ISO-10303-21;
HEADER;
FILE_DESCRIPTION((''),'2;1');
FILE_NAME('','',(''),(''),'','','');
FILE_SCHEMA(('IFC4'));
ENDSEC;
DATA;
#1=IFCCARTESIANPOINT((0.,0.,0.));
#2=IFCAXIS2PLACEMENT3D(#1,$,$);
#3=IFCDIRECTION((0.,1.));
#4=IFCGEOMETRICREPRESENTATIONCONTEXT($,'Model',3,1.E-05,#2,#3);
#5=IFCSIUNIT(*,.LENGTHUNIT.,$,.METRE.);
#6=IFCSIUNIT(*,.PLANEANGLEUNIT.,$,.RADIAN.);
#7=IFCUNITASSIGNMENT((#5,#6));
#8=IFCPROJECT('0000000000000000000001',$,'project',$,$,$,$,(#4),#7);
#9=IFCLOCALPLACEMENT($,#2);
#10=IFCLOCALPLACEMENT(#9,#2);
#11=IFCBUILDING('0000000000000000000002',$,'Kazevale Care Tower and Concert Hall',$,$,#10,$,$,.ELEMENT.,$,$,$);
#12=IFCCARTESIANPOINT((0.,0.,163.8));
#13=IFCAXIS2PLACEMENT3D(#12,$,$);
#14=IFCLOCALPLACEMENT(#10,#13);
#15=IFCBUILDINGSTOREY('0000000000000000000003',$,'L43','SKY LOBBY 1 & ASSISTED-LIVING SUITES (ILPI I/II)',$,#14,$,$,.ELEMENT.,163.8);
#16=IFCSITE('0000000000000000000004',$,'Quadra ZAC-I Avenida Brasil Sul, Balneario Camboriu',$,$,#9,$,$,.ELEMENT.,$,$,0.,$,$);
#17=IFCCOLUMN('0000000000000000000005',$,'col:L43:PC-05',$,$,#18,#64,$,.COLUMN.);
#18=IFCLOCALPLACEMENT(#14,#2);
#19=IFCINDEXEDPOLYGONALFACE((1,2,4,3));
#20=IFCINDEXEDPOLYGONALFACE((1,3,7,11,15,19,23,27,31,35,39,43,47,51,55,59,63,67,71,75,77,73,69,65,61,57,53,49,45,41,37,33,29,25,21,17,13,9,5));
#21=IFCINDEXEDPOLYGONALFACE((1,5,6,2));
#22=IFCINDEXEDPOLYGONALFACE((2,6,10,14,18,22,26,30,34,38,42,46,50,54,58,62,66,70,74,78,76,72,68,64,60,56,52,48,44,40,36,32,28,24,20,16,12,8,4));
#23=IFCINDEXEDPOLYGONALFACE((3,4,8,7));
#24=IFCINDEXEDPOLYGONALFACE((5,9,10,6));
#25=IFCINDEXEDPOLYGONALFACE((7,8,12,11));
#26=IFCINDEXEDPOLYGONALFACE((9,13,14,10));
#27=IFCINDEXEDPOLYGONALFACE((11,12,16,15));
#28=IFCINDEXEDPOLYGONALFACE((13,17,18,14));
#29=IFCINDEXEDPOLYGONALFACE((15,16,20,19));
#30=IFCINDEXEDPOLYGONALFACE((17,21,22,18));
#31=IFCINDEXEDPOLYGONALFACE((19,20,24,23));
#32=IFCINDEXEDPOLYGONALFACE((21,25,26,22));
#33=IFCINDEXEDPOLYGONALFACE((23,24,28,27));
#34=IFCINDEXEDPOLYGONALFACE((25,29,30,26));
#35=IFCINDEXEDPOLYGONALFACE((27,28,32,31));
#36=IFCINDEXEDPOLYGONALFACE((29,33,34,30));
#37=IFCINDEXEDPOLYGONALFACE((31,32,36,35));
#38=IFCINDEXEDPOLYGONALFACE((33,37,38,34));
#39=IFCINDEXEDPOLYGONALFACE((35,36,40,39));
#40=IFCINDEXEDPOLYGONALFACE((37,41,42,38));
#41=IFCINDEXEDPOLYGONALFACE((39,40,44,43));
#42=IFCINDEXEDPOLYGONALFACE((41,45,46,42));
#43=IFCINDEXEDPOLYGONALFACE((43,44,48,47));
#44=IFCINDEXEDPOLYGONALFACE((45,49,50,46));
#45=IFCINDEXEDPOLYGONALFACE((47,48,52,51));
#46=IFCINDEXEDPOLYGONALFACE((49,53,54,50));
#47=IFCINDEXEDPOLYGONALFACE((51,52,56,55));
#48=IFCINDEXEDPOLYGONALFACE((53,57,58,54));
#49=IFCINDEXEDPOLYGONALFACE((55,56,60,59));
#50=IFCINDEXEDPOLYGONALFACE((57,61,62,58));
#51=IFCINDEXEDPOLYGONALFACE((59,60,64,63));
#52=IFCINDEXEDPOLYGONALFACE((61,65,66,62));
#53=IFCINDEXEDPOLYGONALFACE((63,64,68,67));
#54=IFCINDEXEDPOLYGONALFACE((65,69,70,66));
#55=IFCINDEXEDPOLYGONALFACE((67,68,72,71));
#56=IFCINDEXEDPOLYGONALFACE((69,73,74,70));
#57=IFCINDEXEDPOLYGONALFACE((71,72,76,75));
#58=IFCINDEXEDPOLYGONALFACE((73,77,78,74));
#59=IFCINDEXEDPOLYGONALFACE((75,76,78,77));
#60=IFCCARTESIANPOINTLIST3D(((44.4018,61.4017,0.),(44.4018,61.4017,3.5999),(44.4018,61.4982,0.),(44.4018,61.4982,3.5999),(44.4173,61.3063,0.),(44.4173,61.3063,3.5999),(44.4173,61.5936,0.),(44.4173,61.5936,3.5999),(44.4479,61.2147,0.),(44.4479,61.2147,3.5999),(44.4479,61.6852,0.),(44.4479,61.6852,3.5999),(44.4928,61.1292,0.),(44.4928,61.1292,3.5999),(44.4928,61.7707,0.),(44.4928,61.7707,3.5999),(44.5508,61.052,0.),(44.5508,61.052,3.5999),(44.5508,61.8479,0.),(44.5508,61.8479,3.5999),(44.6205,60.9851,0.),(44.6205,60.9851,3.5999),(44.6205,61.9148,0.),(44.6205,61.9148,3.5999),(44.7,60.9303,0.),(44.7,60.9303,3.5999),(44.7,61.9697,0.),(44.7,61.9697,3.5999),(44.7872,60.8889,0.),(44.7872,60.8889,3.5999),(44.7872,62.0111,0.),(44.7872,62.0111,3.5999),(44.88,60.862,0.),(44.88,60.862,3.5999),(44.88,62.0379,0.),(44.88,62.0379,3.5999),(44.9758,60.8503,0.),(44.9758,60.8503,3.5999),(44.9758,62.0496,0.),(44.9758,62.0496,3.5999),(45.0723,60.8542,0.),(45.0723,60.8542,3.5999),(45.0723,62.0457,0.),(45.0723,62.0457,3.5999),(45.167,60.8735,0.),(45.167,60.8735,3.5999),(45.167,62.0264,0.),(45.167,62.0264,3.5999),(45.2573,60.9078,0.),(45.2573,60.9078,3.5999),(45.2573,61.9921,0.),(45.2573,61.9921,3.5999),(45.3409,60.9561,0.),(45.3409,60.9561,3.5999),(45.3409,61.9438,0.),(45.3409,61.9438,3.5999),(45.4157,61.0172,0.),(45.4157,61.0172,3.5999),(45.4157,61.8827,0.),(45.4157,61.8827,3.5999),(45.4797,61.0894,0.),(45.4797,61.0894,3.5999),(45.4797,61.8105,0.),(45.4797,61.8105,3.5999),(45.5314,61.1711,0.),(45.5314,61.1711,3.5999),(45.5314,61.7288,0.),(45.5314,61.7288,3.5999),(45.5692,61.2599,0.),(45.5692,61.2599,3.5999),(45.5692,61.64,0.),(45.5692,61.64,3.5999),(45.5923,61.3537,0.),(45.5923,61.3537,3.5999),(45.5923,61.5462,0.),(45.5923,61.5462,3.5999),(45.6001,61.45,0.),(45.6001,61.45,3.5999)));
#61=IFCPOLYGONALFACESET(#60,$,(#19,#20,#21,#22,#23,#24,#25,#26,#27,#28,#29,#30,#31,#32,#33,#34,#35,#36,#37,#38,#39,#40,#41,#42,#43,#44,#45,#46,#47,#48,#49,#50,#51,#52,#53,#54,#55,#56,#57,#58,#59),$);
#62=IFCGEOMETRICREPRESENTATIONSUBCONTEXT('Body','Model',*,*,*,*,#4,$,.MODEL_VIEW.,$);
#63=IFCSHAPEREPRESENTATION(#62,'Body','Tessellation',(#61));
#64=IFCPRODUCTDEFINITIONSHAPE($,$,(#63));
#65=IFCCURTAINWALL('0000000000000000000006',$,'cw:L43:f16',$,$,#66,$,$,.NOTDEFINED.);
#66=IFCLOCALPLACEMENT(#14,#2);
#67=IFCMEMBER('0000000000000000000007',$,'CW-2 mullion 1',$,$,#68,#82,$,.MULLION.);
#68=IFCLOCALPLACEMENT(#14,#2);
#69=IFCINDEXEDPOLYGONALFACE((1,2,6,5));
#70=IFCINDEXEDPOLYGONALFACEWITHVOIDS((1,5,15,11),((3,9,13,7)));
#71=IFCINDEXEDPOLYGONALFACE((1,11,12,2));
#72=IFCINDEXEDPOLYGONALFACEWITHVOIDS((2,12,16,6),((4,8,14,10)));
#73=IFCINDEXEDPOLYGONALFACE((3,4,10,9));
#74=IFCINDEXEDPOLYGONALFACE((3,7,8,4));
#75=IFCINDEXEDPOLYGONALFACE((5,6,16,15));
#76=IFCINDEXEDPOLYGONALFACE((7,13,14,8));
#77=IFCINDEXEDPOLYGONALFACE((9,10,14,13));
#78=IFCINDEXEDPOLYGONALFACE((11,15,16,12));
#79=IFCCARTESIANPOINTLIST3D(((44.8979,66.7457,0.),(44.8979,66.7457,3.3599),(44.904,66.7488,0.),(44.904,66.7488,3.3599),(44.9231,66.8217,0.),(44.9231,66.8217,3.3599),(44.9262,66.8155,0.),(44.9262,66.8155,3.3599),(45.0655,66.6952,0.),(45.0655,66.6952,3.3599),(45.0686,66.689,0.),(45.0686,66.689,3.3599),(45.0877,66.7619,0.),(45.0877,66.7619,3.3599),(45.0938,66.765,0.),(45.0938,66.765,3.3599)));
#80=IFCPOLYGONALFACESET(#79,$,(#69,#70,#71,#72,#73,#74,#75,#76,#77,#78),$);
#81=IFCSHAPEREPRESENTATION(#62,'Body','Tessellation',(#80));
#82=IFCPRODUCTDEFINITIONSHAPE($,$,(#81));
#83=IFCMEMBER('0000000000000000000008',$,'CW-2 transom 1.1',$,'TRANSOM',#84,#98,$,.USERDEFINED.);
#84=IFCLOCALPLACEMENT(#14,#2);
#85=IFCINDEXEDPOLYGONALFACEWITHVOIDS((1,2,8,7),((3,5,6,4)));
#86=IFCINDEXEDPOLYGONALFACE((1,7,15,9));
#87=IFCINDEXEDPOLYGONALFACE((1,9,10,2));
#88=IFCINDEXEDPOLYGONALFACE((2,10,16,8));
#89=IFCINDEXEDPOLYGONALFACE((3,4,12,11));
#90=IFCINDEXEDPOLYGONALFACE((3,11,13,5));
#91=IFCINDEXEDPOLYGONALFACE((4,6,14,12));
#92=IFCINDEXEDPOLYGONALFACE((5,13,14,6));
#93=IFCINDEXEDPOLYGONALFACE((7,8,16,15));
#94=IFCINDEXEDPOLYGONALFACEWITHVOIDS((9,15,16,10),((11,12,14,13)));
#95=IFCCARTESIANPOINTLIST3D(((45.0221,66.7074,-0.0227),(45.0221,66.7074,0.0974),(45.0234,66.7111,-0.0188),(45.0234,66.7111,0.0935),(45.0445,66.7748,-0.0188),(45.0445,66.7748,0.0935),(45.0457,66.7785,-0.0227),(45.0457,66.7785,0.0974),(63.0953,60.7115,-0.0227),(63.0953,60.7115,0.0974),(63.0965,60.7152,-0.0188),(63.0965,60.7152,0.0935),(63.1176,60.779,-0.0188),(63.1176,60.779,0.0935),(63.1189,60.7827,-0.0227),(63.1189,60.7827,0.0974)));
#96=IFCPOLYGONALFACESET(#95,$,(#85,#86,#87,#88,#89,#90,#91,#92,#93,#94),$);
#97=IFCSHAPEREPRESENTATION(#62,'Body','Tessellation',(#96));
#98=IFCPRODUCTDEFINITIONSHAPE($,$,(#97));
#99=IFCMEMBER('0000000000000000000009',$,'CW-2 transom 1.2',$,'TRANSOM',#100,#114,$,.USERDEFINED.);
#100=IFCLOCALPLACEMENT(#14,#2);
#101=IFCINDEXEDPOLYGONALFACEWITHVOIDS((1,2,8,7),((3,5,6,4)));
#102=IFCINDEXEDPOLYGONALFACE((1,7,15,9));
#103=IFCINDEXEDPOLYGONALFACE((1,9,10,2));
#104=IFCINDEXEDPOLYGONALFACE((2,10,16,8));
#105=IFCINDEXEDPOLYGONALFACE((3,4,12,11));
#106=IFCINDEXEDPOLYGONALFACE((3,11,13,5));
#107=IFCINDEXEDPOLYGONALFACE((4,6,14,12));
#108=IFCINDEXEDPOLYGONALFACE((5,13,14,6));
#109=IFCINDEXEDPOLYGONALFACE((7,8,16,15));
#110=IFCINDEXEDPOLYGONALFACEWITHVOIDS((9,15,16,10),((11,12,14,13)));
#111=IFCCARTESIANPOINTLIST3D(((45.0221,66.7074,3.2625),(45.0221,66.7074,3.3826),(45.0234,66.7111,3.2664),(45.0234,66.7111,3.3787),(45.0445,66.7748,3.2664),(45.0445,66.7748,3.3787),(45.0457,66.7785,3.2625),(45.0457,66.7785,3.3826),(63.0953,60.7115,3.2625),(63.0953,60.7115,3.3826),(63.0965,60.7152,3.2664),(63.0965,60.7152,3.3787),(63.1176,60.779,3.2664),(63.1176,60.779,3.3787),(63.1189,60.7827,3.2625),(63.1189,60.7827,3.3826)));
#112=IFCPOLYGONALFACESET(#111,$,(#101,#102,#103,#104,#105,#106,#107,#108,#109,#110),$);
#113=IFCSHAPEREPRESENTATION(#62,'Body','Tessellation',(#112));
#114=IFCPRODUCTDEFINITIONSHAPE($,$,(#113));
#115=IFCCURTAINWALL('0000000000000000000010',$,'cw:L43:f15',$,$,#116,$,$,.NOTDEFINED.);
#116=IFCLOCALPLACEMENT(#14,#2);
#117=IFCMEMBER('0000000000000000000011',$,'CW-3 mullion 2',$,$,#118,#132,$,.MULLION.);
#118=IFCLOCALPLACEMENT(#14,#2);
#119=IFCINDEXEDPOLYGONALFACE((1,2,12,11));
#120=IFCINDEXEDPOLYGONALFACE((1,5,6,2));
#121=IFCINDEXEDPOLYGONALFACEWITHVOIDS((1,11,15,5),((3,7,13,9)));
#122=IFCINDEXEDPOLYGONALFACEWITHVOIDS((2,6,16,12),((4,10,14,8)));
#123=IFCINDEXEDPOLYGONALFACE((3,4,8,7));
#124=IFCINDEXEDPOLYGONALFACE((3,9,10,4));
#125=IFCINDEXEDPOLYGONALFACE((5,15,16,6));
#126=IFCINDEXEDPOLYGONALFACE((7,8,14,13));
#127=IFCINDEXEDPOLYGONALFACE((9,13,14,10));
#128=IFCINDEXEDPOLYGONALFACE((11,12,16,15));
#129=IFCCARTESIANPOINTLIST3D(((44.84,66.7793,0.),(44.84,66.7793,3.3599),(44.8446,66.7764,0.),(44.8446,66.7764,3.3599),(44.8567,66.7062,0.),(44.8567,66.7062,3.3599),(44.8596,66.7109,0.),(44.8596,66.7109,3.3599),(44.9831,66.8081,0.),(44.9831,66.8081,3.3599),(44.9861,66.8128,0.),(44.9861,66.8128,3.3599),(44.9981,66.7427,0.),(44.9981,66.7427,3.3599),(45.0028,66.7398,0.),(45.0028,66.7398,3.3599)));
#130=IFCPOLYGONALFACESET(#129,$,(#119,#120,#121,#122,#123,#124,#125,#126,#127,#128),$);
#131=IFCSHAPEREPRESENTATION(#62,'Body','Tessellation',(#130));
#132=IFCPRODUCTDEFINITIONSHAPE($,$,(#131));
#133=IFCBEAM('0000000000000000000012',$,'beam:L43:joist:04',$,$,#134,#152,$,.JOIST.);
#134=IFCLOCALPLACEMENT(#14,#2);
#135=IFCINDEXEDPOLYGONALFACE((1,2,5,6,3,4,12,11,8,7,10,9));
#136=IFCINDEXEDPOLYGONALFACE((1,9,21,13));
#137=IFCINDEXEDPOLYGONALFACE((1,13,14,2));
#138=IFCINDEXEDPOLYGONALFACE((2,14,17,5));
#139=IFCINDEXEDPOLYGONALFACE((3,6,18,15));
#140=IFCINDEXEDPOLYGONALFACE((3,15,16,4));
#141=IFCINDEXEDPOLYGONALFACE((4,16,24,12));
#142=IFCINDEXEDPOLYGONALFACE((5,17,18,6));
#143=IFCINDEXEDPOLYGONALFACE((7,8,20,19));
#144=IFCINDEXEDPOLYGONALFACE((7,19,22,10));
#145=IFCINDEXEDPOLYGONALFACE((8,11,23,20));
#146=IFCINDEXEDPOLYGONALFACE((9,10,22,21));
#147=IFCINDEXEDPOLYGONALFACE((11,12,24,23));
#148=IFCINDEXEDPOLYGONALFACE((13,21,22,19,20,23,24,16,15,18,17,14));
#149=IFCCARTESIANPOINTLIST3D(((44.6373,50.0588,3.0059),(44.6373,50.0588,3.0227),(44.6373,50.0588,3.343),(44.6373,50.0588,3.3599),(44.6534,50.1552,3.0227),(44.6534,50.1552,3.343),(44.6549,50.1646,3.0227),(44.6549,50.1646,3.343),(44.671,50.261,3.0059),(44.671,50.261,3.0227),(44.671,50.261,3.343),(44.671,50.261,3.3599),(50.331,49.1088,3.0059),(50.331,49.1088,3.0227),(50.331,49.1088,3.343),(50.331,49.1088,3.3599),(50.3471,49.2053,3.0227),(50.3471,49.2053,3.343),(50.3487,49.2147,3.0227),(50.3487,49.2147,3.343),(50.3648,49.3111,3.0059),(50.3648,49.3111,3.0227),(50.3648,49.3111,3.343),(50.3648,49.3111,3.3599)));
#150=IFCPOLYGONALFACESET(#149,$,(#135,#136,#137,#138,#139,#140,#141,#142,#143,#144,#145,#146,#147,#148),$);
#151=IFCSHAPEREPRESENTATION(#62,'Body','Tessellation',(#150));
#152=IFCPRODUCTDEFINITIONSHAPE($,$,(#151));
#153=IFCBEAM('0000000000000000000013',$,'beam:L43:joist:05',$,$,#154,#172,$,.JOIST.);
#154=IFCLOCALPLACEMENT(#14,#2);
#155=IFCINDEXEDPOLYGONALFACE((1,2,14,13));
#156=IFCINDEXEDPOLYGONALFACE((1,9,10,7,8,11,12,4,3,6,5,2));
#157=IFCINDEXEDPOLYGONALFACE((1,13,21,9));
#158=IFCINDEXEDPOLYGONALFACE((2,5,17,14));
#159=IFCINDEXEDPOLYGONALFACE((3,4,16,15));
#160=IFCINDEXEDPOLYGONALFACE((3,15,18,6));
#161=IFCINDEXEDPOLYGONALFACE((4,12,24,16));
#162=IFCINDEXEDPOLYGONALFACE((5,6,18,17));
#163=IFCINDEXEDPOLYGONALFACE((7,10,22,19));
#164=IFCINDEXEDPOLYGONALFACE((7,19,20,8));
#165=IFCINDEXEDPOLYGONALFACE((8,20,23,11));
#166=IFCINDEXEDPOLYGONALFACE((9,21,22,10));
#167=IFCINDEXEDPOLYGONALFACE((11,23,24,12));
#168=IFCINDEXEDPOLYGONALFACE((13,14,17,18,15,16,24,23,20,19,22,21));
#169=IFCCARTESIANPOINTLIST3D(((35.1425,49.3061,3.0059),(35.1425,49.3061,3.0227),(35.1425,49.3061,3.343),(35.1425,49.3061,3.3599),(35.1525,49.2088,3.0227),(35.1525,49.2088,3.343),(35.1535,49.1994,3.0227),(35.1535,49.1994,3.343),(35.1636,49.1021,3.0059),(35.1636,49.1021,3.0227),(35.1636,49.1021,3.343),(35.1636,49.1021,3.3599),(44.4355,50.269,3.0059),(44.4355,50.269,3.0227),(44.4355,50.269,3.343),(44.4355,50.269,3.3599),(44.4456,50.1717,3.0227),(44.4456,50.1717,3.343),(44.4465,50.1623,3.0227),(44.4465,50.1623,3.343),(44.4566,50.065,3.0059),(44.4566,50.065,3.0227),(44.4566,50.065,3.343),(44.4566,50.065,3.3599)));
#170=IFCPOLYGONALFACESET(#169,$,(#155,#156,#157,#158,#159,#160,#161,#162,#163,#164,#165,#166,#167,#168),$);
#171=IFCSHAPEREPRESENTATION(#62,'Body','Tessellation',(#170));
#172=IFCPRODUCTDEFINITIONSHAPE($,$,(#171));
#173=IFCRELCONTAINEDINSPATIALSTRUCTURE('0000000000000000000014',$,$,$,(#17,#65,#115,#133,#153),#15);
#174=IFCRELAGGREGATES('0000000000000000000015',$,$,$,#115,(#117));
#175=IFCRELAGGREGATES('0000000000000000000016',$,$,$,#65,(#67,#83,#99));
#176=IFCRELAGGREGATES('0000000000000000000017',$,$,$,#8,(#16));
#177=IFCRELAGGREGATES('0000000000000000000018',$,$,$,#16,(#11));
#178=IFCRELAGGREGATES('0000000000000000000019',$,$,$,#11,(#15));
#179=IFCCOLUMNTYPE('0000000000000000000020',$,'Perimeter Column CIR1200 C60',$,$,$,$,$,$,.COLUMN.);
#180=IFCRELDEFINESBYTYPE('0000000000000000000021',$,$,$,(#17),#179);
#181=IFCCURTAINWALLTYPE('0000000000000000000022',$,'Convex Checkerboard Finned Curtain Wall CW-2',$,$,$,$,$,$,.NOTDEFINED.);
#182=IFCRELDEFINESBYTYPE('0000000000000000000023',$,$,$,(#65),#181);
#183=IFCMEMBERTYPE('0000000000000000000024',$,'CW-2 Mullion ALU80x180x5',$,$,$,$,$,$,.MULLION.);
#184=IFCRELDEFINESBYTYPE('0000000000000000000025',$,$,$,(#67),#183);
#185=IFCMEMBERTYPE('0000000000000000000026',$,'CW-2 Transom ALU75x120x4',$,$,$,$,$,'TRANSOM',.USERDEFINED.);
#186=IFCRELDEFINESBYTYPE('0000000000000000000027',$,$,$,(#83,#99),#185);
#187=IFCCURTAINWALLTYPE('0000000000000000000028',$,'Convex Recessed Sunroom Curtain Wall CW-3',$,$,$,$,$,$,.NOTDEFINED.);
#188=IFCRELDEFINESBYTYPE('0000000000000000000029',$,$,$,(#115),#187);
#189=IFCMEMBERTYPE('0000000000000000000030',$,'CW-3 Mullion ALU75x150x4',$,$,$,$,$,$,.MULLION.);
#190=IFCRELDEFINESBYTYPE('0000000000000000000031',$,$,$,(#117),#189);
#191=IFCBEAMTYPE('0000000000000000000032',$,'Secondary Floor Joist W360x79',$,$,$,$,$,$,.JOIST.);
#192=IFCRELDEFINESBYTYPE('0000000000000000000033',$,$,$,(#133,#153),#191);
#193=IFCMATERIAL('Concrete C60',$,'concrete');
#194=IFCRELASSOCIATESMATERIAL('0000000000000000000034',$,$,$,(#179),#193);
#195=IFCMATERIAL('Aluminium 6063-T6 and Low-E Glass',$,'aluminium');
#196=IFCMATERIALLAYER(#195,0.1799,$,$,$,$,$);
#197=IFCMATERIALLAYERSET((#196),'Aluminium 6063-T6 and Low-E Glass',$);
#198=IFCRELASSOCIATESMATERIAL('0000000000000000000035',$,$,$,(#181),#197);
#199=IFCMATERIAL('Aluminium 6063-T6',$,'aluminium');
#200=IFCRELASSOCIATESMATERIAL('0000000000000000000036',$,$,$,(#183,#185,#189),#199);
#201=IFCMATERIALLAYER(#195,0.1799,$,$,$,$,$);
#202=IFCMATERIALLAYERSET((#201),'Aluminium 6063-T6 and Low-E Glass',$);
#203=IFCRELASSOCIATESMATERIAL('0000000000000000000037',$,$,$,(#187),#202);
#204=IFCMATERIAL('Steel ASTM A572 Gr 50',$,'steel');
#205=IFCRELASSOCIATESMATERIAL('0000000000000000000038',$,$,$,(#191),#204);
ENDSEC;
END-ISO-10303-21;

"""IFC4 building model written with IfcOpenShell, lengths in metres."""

from ifc_helpers import new_model, si_unit, direction, frame, origin, origin_2d, place, context, subcontext, project, spatial, hollow_rectangle, circle, i_section, extrude, material, layer, layer_set, material_profile, profile_set, type_object, element, aggregate, save


model = new_model("IFC4")

# Units and contexts
model_context = context("Model", 3, precision=1e-05, world=origin(), true_north=direction((0.0, 1.0)))
body_context = subcontext(model_context, "Body", "Model", "MODEL_VIEW")
ifc_project = project(units=[si_unit("LENGTHUNIT", "METRE"), si_unit("PLANEANGLEUNIT", "RADIAN")], contexts=[model_context])

# Site, building, storey
site_placement = place(None, origin())
site = spatial("IfcSite", under=ifc_project, at=site_placement, Name="Quadra ZAC-I Avenida Brasil Sul, Balneario Camboriu", CompositionType="ELEMENT", RefElevation=0.0)
building_placement = place(site_placement, origin())
building = spatial("IfcBuilding", under=site, at=building_placement, Name="Kazevale Care Tower and Concert Hall", CompositionType="ELEMENT")
storey_placement = place(building_placement, frame((0.0, 0.0, 163.8)))
storey = spatial("IfcBuildingStorey", under=building, at=storey_placement, Name="L43", Description="SKY LOBBY 1 & ASSISTED-LIVING SUITES (ILPI I/II)", CompositionType="ELEMENT", Elevation=163.8)

# Column
ifc_material_1 = material(Name="Concrete C60", Category="concrete")
ifc_material_profile_1 = material_profile(ifc_material_1, circle(Radius=0.6001, at=origin_2d()), Name="RC-CIR1200")
ifc_profile_set_1 = profile_set([ifc_material_profile_1], Name="Concrete C60")
column_type = type_object("IfcColumnType", Name="Perimeter Column CIR1200 C60", PredefinedType="COLUMN", material=ifc_profile_set_1)
column_placement = place(storey_placement, frame((45.0, 61.45, 0.0), z_axis=(0.0, 0.0, 1.0), x_axis=(1.0, 0.0, 0.0)))
element("IfcColumn", 1, at=column_placement, inside=storey, type_object=column_type, Name="col:L43:PC-05", PredefinedType="COLUMN", context=body_context, shape_type="SweptSolid", body=[
    extrude(circle(Radius=0.6001, at=origin_2d()), origin(), (0.0, 0.0, 1.0), 3.5999),
])

# Curtain wall, members
ifc_material_2 = material(Name="Aluminium 6063-T6 and Low-E Glass", Category="aluminium")
ifc_layer_1 = layer(ifc_material_2, 0.1799)
ifc_layer_set_1 = layer_set([ifc_layer_1], Name="Aluminium 6063-T6 and Low-E Glass")
curtain_wall_type_1 = type_object("IfcCurtainWallType", Name="Convex Checkerboard Finned Curtain Wall CW-2", PredefinedType="NOTDEFINED", material=ifc_layer_set_1)
curtain_wall_1_placement = place(storey_placement, origin())
curtain_wall_1 = element("IfcCurtainWall", 2, at=curtain_wall_1_placement, inside=storey, type_object=curtain_wall_type_1, Name="cw:L43:f16", PredefinedType="NOTDEFINED")
ifc_material_3 = material(Name="Aluminium 6063-T6", Category="aluminium")
ifc_material_profile_2 = material_profile(ifc_material_3, hollow_rectangle(XDim=0.0801, YDim=0.1799, WallThickness=0.0049, at=origin_2d()), Name="ALU80x180x5")
ifc_profile_set_2 = profile_set([ifc_material_profile_2], Name="Aluminium 6063-T6")
member_type_1 = type_object("IfcMemberType", Name="CW-2 Mullion ALU80x180x5", PredefinedType="MULLION", material=ifc_profile_set_2)
member_1_placement = place(storey_placement, frame((44.9958, 66.7554, 0.0), z_axis=(0.0, 0.0, 1.0), x_axis=(0.314868, 0.949135, 0.0)))
member_1 = element("IfcMember", 3, at=member_1_placement, type_object=member_type_1, Name="CW-2 mullion 1", PredefinedType="MULLION", context=body_context, shape_type="SweptSolid", body=[
    extrude(hollow_rectangle(XDim=0.0801, YDim=0.1799, WallThickness=0.0049, at=origin_2d()), origin(), (0.0, 0.0, 1.0), 3.3599),
])
ifc_material_profile_3 = material_profile(ifc_material_3, hollow_rectangle(XDim=0.075, YDim=0.1201, WallThickness=0.0039, at=origin_2d()), Name="ALU75x120x4")
ifc_profile_set_3 = profile_set([ifc_material_profile_3], Name="Aluminium 6063-T6")
member_type_2 = type_object("IfcMemberType", Name="CW-2 Transom ALU75x120x4", ElementType="TRANSOM", PredefinedType="USERDEFINED", material=ifc_profile_set_3)
member_2_placement = place(storey_placement, frame((45.0339, 66.7429, 0.0374), z_axis=(0.949132, -0.314877, 0.0), x_axis=(0.314877, 0.949132, 0.0)))
member_2 = element("IfcMember", 4, at=member_2_placement, type_object=member_type_2, Name="CW-2 transom 1.1", ObjectType="TRANSOM", PredefinedType="USERDEFINED", context=body_context, shape_type="SweptSolid", body=[
    extrude(hollow_rectangle(XDim=0.075, YDim=0.1201, WallThickness=0.0039, at=origin_2d()), origin(), (0.0, 0.0, 1.0), 19.0417),
])
member_3_placement = place(storey_placement, frame((45.0339, 66.7429, 3.3225), z_axis=(0.949132, -0.314877, 0.0), x_axis=(0.314877, 0.949132, 0.0)))
member_3 = element("IfcMember", 5, at=member_3_placement, type_object=member_type_2, Name="CW-2 transom 1.2", ObjectType="TRANSOM", PredefinedType="USERDEFINED", context=body_context, shape_type="SweptSolid", body=[
    extrude(hollow_rectangle(XDim=0.075, YDim=0.1201, WallThickness=0.0039, at=origin_2d()), origin(), (0.0, 0.0, 1.0), 19.0417),
])

# Curtain wall, member
ifc_layer_2 = layer(ifc_material_2, 0.1799)
ifc_layer_set_2 = layer_set([ifc_layer_2], Name="Aluminium 6063-T6 and Low-E Glass")
curtain_wall_type_2 = type_object("IfcCurtainWallType", Name="Convex Recessed Sunroom Curtain Wall CW-3", PredefinedType="NOTDEFINED", material=ifc_layer_set_2)
curtain_wall_2_placement = place(storey_placement, origin())
curtain_wall_2 = element("IfcCurtainWall", 6, at=curtain_wall_2_placement, inside=storey, type_object=curtain_wall_type_2, Name="cw:L43:f15", PredefinedType="NOTDEFINED")
ifc_material_profile_4 = material_profile(ifc_material_3, hollow_rectangle(XDim=0.075, YDim=0.1499, WallThickness=0.0039, at=origin_2d()), Name="ALU75x150x4")
ifc_profile_set_4 = profile_set([ifc_material_profile_4], Name="Aluminium 6063-T6")
member_type_3 = type_object("IfcMemberType", Name="CW-3 Mullion ALU75x150x4", PredefinedType="MULLION", material=ifc_profile_set_4)
member_4_placement = place(storey_placement, frame((44.9214, 66.7595, 0.0), z_axis=(0.0, 0.0, 1.0), x_axis=(-0.223567, 0.974688, 0.0)))
member_4 = element("IfcMember", 7, at=member_4_placement, type_object=member_type_3, Name="CW-3 mullion 2", PredefinedType="MULLION", context=body_context, shape_type="SweptSolid", body=[
    extrude(hollow_rectangle(XDim=0.075, YDim=0.1499, WallThickness=0.0039, at=origin_2d()), origin(), (0.0, 0.0, 1.0), 3.3599),
])
aggregate(curtain_wall_2, [member_4])

# Beams
ifc_material_4 = material(Name="Steel ASTM A572 Gr 50", Category="steel")
ifc_material_profile_5 = material_profile(ifc_material_4, i_section(OverallWidth=0.2051, OverallDepth=0.354, WebThickness=0.0095, FlangeThickness=0.0168, at=origin_2d()), Name="W360x79")
ifc_profile_set_5 = profile_set([ifc_material_profile_5], Name="Steel ASTM A572 Gr 50")
beam_type_1 = type_object("IfcBeamType", Name="Secondary Floor Joist W360x79", PredefinedType="JOIST", material=ifc_profile_set_5)
beam_1_placement = place(storey_placement, frame((50.3479, 49.21, 3.1829), z_axis=(-0.986366, 0.164564, 0.0), x_axis=(-0.164564, -0.986366, 0.0)))
element("IfcBeam", 8, at=beam_1_placement, inside=storey, type_object=beam_type_1, Name="beam:L43:joist:04", PredefinedType="JOIST", context=body_context, shape_type="SweptSolid", body=[
    extrude(i_section(OverallWidth=0.2051, OverallDepth=0.354, WebThickness=0.0095, FlangeThickness=0.0168, at=origin_2d()), origin(), (0.0, 0.0, 1.0), 5.7725),
])
beam_2_placement = place(storey_placement, frame((44.446, 50.167, 3.1829), z_axis=(-0.994675, -0.103063, 0.0), x_axis=(0.103063, -0.994675, 0.0)))
element("IfcBeam", 9, at=beam_2_placement, inside=storey, type_object=beam_type_1, Name="beam:L43:joist:05", PredefinedType="JOIST", context=body_context, shape_type="SweptSolid", body=[
    extrude(i_section(OverallWidth=0.2051, OverallDepth=0.354, WebThickness=0.0095, FlangeThickness=0.0168, at=origin_2d()), origin(), (0.0, 0.0, 1.0), 9.3428),
])

aggregate(curtain_wall_1, [member_1, member_2, member_3])

save(model, "model.ifc")
